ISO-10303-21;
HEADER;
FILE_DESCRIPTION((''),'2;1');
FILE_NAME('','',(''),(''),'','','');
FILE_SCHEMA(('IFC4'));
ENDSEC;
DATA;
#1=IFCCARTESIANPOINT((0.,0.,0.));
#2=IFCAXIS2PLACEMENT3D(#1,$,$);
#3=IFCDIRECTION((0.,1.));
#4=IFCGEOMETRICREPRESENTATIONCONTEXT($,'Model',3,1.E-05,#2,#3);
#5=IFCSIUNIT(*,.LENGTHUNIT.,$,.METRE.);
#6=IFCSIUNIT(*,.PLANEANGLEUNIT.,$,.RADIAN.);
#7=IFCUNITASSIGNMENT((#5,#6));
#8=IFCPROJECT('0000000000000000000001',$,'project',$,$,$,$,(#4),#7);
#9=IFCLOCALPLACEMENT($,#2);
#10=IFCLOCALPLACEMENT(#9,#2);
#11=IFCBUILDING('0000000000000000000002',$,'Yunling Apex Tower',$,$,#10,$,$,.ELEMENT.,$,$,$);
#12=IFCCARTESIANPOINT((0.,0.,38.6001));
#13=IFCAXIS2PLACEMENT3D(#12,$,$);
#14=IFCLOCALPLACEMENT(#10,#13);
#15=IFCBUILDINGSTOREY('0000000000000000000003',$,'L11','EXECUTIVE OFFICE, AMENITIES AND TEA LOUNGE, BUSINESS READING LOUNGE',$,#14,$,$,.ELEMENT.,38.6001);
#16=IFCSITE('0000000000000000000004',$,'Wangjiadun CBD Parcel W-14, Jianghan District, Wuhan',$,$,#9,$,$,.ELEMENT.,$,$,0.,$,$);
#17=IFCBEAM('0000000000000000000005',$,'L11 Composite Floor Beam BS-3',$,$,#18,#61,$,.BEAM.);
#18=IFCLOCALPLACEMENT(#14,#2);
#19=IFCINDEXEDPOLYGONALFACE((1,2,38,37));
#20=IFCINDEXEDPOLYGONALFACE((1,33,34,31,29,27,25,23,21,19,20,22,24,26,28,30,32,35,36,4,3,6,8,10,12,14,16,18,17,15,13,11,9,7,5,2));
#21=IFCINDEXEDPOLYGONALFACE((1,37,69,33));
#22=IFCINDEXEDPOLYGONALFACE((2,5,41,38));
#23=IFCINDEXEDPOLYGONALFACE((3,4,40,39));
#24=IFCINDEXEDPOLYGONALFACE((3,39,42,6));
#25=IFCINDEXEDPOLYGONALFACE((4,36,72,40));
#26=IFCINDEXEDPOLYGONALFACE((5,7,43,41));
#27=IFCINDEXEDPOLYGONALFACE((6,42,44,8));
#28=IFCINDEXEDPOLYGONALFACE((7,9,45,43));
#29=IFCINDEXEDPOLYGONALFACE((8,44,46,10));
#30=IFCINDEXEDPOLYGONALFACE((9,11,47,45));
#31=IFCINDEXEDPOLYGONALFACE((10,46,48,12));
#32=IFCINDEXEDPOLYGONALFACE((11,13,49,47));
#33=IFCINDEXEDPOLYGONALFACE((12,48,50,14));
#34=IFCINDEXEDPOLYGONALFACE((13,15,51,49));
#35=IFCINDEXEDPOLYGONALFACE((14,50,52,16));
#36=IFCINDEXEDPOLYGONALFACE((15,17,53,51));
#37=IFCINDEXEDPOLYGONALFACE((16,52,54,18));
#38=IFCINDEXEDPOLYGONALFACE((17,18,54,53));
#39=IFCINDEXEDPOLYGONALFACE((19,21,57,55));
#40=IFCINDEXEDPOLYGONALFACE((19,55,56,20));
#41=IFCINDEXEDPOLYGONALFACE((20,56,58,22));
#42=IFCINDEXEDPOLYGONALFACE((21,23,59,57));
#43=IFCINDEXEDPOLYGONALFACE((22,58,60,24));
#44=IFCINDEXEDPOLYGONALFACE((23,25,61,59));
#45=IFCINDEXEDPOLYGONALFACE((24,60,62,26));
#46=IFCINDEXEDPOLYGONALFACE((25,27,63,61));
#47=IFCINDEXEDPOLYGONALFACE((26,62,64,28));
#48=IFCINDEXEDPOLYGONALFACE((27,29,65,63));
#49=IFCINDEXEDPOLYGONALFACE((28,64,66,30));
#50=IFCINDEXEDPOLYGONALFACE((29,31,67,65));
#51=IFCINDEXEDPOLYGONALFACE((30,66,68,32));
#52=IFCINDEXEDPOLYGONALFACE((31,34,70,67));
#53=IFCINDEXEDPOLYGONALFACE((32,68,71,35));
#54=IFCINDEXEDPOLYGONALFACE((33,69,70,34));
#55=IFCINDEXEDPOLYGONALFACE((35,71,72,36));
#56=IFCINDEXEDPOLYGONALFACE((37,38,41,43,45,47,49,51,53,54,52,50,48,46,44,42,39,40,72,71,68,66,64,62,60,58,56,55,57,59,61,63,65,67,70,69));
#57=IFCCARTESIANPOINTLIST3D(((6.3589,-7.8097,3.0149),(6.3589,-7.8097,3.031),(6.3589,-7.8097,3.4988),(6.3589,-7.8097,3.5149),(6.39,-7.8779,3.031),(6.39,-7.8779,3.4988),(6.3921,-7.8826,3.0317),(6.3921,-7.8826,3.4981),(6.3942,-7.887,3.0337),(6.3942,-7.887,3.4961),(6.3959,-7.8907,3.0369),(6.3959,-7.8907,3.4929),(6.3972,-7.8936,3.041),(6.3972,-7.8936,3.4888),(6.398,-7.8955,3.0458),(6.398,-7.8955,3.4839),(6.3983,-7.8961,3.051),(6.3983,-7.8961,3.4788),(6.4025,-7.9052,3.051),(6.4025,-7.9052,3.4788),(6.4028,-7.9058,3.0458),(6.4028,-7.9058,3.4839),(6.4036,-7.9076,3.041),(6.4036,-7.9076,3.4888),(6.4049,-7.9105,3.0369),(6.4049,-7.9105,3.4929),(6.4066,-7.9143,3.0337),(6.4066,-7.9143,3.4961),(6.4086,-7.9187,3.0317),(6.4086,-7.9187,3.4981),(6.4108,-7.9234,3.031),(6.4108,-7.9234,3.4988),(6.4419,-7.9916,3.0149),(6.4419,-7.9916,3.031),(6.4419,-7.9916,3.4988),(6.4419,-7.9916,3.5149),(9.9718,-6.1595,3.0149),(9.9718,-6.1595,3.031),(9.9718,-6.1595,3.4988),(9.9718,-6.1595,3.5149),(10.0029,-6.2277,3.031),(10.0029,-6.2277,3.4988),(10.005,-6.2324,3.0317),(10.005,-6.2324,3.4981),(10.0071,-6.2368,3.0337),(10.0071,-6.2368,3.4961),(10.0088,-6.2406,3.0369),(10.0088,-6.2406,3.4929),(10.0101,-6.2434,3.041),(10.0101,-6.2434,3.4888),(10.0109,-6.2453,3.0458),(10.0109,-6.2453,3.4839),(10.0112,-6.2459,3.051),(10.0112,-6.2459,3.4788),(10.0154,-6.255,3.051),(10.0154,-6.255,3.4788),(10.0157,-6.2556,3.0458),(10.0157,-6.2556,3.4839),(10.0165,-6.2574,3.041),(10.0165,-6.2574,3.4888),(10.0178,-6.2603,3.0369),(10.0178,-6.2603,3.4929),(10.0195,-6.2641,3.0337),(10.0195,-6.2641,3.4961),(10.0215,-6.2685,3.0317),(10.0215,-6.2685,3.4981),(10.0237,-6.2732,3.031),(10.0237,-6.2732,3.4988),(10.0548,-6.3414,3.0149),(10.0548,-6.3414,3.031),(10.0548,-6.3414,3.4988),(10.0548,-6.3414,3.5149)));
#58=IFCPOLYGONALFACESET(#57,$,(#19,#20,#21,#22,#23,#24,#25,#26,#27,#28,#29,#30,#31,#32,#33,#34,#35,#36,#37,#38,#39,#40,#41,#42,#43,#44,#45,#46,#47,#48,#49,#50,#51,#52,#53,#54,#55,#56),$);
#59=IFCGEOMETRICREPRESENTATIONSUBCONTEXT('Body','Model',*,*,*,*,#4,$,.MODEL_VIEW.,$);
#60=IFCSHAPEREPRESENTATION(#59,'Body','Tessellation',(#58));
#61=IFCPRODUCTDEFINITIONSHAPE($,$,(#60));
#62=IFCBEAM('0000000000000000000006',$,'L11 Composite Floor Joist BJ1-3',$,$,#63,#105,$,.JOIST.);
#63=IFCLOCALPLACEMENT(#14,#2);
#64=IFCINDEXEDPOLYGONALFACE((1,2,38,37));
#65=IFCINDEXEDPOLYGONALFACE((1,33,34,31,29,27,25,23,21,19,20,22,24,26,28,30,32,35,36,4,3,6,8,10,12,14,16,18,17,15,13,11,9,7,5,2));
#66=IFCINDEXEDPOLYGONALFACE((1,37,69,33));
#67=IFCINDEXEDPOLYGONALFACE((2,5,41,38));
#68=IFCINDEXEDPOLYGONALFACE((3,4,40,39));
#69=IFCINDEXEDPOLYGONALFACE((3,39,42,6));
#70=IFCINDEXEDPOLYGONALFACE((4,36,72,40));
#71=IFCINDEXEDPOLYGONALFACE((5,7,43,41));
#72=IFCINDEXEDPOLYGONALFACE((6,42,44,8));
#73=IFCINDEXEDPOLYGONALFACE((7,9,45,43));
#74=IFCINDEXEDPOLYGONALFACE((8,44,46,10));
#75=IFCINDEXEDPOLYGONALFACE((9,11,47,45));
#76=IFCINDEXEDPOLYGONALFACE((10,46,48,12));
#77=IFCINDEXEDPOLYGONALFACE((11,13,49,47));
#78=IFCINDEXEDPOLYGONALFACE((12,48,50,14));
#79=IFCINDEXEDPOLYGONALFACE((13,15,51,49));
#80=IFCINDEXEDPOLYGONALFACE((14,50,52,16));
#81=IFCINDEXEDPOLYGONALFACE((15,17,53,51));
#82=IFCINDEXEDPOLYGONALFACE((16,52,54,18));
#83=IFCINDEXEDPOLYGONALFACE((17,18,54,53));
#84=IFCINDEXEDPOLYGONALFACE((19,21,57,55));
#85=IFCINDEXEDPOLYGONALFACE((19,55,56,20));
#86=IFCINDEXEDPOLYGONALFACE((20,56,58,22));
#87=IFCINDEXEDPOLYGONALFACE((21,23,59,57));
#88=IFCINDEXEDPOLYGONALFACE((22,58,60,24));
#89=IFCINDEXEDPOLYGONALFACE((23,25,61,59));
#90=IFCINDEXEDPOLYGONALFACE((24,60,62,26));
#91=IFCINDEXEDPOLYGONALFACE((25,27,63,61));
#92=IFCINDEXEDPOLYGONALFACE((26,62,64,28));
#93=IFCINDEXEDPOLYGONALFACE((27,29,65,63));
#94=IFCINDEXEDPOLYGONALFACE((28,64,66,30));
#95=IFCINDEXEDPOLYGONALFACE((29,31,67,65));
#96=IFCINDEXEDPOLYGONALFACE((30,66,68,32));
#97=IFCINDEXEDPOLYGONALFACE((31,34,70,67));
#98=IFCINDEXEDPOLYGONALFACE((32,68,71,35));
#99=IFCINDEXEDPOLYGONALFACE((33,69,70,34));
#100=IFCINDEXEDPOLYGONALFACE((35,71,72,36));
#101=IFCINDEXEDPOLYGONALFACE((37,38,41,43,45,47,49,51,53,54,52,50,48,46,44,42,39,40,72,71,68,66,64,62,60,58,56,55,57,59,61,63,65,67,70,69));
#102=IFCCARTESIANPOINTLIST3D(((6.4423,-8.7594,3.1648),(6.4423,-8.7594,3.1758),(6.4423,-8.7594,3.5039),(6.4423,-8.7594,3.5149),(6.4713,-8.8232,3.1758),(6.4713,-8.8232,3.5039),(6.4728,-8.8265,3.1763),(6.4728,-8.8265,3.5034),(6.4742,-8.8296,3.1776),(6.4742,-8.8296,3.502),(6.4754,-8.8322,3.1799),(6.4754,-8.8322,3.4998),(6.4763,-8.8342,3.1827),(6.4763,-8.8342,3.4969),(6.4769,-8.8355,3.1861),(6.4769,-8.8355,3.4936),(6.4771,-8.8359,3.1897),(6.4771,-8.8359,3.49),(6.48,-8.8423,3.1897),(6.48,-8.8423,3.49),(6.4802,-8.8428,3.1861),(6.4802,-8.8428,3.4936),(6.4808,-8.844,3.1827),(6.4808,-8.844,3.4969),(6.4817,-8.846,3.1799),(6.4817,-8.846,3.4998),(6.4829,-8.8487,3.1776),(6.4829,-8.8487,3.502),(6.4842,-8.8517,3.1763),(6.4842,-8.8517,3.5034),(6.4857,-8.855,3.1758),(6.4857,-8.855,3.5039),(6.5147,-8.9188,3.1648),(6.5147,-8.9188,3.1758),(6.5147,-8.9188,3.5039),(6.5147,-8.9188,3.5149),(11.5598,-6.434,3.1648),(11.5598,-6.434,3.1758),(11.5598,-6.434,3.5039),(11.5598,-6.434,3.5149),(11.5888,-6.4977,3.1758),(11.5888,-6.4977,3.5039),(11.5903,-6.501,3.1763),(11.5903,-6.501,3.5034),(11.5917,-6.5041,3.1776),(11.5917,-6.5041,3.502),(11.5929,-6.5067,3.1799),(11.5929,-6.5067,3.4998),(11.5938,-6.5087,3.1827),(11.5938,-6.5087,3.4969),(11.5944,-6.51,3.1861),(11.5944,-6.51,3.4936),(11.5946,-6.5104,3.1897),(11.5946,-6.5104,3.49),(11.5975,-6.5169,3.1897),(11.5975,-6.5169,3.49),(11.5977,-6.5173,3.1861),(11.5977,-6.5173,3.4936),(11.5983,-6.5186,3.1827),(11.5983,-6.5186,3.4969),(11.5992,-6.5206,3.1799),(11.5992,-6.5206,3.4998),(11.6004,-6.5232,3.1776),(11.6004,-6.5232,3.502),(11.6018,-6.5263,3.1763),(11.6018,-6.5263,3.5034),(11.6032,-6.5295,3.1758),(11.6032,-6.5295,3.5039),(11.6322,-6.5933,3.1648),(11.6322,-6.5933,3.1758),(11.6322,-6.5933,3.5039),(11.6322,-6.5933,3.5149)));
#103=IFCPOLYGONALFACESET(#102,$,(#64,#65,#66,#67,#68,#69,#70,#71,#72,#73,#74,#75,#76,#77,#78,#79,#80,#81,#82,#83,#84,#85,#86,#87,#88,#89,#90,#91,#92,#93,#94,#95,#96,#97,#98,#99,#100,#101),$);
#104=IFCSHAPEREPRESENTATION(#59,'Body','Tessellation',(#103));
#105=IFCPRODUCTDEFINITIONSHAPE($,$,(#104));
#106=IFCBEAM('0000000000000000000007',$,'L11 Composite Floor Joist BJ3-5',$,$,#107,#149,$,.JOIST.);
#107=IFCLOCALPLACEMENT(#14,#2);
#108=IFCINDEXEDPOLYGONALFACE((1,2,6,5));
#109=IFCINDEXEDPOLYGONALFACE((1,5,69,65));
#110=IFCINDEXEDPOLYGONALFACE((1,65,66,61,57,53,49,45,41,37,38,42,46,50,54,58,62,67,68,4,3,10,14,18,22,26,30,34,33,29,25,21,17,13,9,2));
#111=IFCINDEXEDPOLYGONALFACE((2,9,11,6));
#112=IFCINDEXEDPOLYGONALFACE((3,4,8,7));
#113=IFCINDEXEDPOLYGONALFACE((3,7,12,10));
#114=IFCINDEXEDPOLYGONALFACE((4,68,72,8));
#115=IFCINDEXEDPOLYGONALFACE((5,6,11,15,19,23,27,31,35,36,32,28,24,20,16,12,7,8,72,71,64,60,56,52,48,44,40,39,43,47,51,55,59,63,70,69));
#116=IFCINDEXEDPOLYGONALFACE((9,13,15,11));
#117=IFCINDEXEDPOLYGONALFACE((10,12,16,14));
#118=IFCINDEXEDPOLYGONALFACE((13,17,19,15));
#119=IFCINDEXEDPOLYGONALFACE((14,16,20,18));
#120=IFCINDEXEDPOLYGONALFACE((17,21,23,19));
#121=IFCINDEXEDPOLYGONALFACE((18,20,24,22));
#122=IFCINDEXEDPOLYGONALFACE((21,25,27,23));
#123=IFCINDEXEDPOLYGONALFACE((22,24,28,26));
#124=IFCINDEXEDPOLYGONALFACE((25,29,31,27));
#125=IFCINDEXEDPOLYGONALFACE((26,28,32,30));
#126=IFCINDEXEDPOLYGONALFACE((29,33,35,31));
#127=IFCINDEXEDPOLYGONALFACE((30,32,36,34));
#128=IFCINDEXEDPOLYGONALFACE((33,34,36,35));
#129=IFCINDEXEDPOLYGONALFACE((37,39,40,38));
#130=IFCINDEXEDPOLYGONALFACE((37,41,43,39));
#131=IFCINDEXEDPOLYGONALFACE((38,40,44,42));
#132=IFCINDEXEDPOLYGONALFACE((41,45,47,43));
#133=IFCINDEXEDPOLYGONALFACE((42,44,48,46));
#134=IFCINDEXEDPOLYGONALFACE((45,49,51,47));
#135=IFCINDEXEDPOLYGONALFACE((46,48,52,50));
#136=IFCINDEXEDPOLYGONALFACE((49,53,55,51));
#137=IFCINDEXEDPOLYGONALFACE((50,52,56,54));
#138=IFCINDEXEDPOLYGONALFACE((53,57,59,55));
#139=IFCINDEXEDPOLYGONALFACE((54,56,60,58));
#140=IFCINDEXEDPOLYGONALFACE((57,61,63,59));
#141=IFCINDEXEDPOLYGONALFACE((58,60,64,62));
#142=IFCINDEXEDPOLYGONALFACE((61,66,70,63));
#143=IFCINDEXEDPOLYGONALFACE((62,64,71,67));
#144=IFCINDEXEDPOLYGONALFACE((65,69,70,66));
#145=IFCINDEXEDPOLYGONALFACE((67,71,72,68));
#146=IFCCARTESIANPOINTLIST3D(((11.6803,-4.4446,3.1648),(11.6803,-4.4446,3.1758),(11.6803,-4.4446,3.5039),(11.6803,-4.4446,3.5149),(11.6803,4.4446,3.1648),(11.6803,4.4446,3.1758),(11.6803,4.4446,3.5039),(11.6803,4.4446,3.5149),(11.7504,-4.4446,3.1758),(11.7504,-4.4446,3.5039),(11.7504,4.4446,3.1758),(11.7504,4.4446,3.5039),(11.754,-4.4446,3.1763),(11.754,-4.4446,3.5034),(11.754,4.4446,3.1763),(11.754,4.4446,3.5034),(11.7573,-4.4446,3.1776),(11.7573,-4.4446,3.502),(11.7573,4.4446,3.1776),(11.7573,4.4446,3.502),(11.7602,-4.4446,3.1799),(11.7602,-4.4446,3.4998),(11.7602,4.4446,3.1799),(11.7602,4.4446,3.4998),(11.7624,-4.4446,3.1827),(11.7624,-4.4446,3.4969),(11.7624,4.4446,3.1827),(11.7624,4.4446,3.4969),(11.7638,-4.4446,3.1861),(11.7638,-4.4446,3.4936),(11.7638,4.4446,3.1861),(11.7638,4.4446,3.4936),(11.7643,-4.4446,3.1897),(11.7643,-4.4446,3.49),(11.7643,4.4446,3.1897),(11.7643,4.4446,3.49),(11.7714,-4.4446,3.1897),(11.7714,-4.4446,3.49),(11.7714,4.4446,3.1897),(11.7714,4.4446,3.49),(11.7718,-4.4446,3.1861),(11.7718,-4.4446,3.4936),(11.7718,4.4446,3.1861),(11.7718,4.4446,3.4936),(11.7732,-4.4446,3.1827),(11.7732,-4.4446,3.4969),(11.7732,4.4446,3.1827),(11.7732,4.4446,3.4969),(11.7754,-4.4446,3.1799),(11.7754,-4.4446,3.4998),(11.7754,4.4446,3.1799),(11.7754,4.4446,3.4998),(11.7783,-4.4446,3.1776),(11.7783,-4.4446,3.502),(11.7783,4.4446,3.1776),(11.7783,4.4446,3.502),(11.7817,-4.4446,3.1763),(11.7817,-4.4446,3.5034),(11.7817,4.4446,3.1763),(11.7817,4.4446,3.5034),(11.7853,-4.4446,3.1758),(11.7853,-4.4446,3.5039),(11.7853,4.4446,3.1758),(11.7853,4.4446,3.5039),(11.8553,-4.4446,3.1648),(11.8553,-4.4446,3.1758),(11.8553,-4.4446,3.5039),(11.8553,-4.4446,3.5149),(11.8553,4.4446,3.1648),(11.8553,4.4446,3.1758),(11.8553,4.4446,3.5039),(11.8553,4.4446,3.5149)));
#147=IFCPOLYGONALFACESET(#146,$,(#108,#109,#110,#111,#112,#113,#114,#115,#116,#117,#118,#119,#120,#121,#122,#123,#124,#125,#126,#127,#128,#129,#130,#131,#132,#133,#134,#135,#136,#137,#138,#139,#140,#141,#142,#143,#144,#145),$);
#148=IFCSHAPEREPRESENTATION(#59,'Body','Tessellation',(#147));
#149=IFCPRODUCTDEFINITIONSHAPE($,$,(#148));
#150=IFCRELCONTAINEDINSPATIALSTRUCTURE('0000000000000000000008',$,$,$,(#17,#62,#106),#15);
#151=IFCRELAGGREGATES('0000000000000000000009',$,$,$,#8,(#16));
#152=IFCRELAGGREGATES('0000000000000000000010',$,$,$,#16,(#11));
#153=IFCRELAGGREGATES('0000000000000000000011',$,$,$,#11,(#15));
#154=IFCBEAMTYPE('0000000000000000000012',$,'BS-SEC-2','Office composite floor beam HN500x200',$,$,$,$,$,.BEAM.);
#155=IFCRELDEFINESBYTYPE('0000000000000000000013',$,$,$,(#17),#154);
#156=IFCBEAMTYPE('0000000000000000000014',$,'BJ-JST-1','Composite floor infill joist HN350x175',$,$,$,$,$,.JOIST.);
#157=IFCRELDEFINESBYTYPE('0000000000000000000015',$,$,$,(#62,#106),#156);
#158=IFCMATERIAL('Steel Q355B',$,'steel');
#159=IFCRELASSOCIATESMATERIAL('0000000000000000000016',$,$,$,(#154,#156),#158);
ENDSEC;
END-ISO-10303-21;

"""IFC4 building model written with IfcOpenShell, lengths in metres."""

from ifc_helpers import new_model, si_unit, direction, frame, origin, origin_2d, place, context, subcontext, project, spatial, i_section, extrude, source, transform, mapped, material, material_profile, profile_set, type_object, element, save


model = new_model("IFC4")

# Units and contexts
model_context = context("Model", 3, precision=1e-05, world=origin(), true_north=direction((0.0, 1.0)))
body_context = subcontext(model_context, "Body", "Model", "MODEL_VIEW")
ifc_project = project(units=[si_unit("LENGTHUNIT", "METRE"), si_unit("PLANEANGLEUNIT", "RADIAN")], contexts=[model_context])

# Site, building, storey
site_placement = place(None, origin())
site = spatial("IfcSite", under=ifc_project, at=site_placement, Name="Wangjiadun CBD Parcel W-14, Jianghan District, Wuhan", CompositionType="ELEMENT", RefElevation=0.0)
building_placement = place(site_placement, origin())
building = spatial("IfcBuilding", under=site, at=building_placement, Name="Yunling Apex Tower", CompositionType="ELEMENT")
storey_placement = place(building_placement, frame((0.0, 0.0, 38.6001)))
storey = spatial("IfcBuildingStorey", under=building, at=storey_placement, Name="L11", Description="EXECUTIVE OFFICE, AMENITIES AND TEA LOUNGE, BUSINESS READING LOUNGE", CompositionType="ELEMENT", Elevation=38.6001)

# Beams
ifc_material_1 = material(Name="Steel Q355B", Category="steel")
ifc_material_profile_1 = material_profile(ifc_material_1, i_section(OverallWidth=0.2, OverallDepth=0.5, WebThickness=0.01, FlangeThickness=0.0161, FilletRadius=0.02, at=origin_2d()))
ifc_profile_set_1 = profile_set([ifc_material_profile_1], Name="Steel Q355B")
beam_type_1 = type_object("IfcBeamType", Name="BS-SEC-2", Description="Office composite floor beam HN500x200", PredefinedType="BEAM", material=ifc_profile_set_1)
shared_shape_1 = source(origin(), body_context, "Body", "SweptSolid", [
    extrude(i_section(OverallWidth=0.2, OverallDepth=0.5, WebThickness=0.01, FlangeThickness=0.0161, FilletRadius=0.02, at=origin_2d()), origin(), (0.0, 0.0, 1.0), 3.9719),
])
beam_1_placement = place(storey_placement, frame((6.4004, -7.9006, 3.2649), z_axis=(0.909609, 0.415465, 0.0), x_axis=(-0.415465, 0.909609, 0.0)))
element("IfcBeam", 1, at=beam_1_placement, inside=storey, type_object=beam_type_1, Name="L11 Composite Floor Beam BS-3", PredefinedType="BEAM", context=body_context, shape_type="MappedRepresentation", body=[
    mapped(shared_shape_1, transform((0.0, 0.0, 0.0), scale=1.0)),
])
ifc_material_profile_2 = material_profile(ifc_material_1, i_section(OverallWidth=0.175, OverallDepth=0.3501, WebThickness=0.0071, FlangeThickness=0.011, FilletRadius=0.0139, at=origin_2d()))
ifc_profile_set_2 = profile_set([ifc_material_profile_2], Name="Steel Q355B")
beam_type_2 = type_object("IfcBeamType", Name="BJ-JST-1", Description="Composite floor infill joist HN350x175", PredefinedType="JOIST", material=ifc_profile_set_2)
shared_shape_2 = source(origin(), body_context, "Body", "SweptSolid", [
    extrude(i_section(OverallWidth=0.175, OverallDepth=0.3501, WebThickness=0.0071, FlangeThickness=0.011, FilletRadius=0.0139, at=origin_2d()), origin(), (0.0, 0.0, 1.0), 5.6211),
])
beam_2_placement = place(storey_placement, frame((6.4785, -8.8391, 3.3398), z_axis=(0.910411, 0.413705, 0.0), x_axis=(-0.413705, 0.910411, 0.0)))
element("IfcBeam", 2, at=beam_2_placement, inside=storey, type_object=beam_type_2, Name="L11 Composite Floor Joist BJ1-3", PredefinedType="JOIST", context=body_context, shape_type="MappedRepresentation", body=[
    mapped(shared_shape_2, transform((0.0, 0.0, 0.0), scale=1.0)),
])
shared_shape_3 = source(origin(), body_context, "Body", "SweptSolid", [
    extrude(i_section(OverallWidth=0.175, OverallDepth=0.3501, WebThickness=0.0071, FlangeThickness=0.011, FilletRadius=0.0139, at=origin_2d()), origin(), (0.0, 0.0, 1.0), 8.8892),
])
beam_3_placement = place(storey_placement, frame((11.7678, -4.4446, 3.3398), z_axis=(0.0, 1.0, 0.0), x_axis=(-1.0, 0.0, 0.0)))
element("IfcBeam", 3, at=beam_3_placement, inside=storey, type_object=beam_type_2, Name="L11 Composite Floor Joist BJ3-5", PredefinedType="JOIST", context=body_context, shape_type="MappedRepresentation", body=[
    mapped(shared_shape_3, transform((0.0, 0.0, 0.0), scale=1.0)),
])

save(model, "model.ifc")
